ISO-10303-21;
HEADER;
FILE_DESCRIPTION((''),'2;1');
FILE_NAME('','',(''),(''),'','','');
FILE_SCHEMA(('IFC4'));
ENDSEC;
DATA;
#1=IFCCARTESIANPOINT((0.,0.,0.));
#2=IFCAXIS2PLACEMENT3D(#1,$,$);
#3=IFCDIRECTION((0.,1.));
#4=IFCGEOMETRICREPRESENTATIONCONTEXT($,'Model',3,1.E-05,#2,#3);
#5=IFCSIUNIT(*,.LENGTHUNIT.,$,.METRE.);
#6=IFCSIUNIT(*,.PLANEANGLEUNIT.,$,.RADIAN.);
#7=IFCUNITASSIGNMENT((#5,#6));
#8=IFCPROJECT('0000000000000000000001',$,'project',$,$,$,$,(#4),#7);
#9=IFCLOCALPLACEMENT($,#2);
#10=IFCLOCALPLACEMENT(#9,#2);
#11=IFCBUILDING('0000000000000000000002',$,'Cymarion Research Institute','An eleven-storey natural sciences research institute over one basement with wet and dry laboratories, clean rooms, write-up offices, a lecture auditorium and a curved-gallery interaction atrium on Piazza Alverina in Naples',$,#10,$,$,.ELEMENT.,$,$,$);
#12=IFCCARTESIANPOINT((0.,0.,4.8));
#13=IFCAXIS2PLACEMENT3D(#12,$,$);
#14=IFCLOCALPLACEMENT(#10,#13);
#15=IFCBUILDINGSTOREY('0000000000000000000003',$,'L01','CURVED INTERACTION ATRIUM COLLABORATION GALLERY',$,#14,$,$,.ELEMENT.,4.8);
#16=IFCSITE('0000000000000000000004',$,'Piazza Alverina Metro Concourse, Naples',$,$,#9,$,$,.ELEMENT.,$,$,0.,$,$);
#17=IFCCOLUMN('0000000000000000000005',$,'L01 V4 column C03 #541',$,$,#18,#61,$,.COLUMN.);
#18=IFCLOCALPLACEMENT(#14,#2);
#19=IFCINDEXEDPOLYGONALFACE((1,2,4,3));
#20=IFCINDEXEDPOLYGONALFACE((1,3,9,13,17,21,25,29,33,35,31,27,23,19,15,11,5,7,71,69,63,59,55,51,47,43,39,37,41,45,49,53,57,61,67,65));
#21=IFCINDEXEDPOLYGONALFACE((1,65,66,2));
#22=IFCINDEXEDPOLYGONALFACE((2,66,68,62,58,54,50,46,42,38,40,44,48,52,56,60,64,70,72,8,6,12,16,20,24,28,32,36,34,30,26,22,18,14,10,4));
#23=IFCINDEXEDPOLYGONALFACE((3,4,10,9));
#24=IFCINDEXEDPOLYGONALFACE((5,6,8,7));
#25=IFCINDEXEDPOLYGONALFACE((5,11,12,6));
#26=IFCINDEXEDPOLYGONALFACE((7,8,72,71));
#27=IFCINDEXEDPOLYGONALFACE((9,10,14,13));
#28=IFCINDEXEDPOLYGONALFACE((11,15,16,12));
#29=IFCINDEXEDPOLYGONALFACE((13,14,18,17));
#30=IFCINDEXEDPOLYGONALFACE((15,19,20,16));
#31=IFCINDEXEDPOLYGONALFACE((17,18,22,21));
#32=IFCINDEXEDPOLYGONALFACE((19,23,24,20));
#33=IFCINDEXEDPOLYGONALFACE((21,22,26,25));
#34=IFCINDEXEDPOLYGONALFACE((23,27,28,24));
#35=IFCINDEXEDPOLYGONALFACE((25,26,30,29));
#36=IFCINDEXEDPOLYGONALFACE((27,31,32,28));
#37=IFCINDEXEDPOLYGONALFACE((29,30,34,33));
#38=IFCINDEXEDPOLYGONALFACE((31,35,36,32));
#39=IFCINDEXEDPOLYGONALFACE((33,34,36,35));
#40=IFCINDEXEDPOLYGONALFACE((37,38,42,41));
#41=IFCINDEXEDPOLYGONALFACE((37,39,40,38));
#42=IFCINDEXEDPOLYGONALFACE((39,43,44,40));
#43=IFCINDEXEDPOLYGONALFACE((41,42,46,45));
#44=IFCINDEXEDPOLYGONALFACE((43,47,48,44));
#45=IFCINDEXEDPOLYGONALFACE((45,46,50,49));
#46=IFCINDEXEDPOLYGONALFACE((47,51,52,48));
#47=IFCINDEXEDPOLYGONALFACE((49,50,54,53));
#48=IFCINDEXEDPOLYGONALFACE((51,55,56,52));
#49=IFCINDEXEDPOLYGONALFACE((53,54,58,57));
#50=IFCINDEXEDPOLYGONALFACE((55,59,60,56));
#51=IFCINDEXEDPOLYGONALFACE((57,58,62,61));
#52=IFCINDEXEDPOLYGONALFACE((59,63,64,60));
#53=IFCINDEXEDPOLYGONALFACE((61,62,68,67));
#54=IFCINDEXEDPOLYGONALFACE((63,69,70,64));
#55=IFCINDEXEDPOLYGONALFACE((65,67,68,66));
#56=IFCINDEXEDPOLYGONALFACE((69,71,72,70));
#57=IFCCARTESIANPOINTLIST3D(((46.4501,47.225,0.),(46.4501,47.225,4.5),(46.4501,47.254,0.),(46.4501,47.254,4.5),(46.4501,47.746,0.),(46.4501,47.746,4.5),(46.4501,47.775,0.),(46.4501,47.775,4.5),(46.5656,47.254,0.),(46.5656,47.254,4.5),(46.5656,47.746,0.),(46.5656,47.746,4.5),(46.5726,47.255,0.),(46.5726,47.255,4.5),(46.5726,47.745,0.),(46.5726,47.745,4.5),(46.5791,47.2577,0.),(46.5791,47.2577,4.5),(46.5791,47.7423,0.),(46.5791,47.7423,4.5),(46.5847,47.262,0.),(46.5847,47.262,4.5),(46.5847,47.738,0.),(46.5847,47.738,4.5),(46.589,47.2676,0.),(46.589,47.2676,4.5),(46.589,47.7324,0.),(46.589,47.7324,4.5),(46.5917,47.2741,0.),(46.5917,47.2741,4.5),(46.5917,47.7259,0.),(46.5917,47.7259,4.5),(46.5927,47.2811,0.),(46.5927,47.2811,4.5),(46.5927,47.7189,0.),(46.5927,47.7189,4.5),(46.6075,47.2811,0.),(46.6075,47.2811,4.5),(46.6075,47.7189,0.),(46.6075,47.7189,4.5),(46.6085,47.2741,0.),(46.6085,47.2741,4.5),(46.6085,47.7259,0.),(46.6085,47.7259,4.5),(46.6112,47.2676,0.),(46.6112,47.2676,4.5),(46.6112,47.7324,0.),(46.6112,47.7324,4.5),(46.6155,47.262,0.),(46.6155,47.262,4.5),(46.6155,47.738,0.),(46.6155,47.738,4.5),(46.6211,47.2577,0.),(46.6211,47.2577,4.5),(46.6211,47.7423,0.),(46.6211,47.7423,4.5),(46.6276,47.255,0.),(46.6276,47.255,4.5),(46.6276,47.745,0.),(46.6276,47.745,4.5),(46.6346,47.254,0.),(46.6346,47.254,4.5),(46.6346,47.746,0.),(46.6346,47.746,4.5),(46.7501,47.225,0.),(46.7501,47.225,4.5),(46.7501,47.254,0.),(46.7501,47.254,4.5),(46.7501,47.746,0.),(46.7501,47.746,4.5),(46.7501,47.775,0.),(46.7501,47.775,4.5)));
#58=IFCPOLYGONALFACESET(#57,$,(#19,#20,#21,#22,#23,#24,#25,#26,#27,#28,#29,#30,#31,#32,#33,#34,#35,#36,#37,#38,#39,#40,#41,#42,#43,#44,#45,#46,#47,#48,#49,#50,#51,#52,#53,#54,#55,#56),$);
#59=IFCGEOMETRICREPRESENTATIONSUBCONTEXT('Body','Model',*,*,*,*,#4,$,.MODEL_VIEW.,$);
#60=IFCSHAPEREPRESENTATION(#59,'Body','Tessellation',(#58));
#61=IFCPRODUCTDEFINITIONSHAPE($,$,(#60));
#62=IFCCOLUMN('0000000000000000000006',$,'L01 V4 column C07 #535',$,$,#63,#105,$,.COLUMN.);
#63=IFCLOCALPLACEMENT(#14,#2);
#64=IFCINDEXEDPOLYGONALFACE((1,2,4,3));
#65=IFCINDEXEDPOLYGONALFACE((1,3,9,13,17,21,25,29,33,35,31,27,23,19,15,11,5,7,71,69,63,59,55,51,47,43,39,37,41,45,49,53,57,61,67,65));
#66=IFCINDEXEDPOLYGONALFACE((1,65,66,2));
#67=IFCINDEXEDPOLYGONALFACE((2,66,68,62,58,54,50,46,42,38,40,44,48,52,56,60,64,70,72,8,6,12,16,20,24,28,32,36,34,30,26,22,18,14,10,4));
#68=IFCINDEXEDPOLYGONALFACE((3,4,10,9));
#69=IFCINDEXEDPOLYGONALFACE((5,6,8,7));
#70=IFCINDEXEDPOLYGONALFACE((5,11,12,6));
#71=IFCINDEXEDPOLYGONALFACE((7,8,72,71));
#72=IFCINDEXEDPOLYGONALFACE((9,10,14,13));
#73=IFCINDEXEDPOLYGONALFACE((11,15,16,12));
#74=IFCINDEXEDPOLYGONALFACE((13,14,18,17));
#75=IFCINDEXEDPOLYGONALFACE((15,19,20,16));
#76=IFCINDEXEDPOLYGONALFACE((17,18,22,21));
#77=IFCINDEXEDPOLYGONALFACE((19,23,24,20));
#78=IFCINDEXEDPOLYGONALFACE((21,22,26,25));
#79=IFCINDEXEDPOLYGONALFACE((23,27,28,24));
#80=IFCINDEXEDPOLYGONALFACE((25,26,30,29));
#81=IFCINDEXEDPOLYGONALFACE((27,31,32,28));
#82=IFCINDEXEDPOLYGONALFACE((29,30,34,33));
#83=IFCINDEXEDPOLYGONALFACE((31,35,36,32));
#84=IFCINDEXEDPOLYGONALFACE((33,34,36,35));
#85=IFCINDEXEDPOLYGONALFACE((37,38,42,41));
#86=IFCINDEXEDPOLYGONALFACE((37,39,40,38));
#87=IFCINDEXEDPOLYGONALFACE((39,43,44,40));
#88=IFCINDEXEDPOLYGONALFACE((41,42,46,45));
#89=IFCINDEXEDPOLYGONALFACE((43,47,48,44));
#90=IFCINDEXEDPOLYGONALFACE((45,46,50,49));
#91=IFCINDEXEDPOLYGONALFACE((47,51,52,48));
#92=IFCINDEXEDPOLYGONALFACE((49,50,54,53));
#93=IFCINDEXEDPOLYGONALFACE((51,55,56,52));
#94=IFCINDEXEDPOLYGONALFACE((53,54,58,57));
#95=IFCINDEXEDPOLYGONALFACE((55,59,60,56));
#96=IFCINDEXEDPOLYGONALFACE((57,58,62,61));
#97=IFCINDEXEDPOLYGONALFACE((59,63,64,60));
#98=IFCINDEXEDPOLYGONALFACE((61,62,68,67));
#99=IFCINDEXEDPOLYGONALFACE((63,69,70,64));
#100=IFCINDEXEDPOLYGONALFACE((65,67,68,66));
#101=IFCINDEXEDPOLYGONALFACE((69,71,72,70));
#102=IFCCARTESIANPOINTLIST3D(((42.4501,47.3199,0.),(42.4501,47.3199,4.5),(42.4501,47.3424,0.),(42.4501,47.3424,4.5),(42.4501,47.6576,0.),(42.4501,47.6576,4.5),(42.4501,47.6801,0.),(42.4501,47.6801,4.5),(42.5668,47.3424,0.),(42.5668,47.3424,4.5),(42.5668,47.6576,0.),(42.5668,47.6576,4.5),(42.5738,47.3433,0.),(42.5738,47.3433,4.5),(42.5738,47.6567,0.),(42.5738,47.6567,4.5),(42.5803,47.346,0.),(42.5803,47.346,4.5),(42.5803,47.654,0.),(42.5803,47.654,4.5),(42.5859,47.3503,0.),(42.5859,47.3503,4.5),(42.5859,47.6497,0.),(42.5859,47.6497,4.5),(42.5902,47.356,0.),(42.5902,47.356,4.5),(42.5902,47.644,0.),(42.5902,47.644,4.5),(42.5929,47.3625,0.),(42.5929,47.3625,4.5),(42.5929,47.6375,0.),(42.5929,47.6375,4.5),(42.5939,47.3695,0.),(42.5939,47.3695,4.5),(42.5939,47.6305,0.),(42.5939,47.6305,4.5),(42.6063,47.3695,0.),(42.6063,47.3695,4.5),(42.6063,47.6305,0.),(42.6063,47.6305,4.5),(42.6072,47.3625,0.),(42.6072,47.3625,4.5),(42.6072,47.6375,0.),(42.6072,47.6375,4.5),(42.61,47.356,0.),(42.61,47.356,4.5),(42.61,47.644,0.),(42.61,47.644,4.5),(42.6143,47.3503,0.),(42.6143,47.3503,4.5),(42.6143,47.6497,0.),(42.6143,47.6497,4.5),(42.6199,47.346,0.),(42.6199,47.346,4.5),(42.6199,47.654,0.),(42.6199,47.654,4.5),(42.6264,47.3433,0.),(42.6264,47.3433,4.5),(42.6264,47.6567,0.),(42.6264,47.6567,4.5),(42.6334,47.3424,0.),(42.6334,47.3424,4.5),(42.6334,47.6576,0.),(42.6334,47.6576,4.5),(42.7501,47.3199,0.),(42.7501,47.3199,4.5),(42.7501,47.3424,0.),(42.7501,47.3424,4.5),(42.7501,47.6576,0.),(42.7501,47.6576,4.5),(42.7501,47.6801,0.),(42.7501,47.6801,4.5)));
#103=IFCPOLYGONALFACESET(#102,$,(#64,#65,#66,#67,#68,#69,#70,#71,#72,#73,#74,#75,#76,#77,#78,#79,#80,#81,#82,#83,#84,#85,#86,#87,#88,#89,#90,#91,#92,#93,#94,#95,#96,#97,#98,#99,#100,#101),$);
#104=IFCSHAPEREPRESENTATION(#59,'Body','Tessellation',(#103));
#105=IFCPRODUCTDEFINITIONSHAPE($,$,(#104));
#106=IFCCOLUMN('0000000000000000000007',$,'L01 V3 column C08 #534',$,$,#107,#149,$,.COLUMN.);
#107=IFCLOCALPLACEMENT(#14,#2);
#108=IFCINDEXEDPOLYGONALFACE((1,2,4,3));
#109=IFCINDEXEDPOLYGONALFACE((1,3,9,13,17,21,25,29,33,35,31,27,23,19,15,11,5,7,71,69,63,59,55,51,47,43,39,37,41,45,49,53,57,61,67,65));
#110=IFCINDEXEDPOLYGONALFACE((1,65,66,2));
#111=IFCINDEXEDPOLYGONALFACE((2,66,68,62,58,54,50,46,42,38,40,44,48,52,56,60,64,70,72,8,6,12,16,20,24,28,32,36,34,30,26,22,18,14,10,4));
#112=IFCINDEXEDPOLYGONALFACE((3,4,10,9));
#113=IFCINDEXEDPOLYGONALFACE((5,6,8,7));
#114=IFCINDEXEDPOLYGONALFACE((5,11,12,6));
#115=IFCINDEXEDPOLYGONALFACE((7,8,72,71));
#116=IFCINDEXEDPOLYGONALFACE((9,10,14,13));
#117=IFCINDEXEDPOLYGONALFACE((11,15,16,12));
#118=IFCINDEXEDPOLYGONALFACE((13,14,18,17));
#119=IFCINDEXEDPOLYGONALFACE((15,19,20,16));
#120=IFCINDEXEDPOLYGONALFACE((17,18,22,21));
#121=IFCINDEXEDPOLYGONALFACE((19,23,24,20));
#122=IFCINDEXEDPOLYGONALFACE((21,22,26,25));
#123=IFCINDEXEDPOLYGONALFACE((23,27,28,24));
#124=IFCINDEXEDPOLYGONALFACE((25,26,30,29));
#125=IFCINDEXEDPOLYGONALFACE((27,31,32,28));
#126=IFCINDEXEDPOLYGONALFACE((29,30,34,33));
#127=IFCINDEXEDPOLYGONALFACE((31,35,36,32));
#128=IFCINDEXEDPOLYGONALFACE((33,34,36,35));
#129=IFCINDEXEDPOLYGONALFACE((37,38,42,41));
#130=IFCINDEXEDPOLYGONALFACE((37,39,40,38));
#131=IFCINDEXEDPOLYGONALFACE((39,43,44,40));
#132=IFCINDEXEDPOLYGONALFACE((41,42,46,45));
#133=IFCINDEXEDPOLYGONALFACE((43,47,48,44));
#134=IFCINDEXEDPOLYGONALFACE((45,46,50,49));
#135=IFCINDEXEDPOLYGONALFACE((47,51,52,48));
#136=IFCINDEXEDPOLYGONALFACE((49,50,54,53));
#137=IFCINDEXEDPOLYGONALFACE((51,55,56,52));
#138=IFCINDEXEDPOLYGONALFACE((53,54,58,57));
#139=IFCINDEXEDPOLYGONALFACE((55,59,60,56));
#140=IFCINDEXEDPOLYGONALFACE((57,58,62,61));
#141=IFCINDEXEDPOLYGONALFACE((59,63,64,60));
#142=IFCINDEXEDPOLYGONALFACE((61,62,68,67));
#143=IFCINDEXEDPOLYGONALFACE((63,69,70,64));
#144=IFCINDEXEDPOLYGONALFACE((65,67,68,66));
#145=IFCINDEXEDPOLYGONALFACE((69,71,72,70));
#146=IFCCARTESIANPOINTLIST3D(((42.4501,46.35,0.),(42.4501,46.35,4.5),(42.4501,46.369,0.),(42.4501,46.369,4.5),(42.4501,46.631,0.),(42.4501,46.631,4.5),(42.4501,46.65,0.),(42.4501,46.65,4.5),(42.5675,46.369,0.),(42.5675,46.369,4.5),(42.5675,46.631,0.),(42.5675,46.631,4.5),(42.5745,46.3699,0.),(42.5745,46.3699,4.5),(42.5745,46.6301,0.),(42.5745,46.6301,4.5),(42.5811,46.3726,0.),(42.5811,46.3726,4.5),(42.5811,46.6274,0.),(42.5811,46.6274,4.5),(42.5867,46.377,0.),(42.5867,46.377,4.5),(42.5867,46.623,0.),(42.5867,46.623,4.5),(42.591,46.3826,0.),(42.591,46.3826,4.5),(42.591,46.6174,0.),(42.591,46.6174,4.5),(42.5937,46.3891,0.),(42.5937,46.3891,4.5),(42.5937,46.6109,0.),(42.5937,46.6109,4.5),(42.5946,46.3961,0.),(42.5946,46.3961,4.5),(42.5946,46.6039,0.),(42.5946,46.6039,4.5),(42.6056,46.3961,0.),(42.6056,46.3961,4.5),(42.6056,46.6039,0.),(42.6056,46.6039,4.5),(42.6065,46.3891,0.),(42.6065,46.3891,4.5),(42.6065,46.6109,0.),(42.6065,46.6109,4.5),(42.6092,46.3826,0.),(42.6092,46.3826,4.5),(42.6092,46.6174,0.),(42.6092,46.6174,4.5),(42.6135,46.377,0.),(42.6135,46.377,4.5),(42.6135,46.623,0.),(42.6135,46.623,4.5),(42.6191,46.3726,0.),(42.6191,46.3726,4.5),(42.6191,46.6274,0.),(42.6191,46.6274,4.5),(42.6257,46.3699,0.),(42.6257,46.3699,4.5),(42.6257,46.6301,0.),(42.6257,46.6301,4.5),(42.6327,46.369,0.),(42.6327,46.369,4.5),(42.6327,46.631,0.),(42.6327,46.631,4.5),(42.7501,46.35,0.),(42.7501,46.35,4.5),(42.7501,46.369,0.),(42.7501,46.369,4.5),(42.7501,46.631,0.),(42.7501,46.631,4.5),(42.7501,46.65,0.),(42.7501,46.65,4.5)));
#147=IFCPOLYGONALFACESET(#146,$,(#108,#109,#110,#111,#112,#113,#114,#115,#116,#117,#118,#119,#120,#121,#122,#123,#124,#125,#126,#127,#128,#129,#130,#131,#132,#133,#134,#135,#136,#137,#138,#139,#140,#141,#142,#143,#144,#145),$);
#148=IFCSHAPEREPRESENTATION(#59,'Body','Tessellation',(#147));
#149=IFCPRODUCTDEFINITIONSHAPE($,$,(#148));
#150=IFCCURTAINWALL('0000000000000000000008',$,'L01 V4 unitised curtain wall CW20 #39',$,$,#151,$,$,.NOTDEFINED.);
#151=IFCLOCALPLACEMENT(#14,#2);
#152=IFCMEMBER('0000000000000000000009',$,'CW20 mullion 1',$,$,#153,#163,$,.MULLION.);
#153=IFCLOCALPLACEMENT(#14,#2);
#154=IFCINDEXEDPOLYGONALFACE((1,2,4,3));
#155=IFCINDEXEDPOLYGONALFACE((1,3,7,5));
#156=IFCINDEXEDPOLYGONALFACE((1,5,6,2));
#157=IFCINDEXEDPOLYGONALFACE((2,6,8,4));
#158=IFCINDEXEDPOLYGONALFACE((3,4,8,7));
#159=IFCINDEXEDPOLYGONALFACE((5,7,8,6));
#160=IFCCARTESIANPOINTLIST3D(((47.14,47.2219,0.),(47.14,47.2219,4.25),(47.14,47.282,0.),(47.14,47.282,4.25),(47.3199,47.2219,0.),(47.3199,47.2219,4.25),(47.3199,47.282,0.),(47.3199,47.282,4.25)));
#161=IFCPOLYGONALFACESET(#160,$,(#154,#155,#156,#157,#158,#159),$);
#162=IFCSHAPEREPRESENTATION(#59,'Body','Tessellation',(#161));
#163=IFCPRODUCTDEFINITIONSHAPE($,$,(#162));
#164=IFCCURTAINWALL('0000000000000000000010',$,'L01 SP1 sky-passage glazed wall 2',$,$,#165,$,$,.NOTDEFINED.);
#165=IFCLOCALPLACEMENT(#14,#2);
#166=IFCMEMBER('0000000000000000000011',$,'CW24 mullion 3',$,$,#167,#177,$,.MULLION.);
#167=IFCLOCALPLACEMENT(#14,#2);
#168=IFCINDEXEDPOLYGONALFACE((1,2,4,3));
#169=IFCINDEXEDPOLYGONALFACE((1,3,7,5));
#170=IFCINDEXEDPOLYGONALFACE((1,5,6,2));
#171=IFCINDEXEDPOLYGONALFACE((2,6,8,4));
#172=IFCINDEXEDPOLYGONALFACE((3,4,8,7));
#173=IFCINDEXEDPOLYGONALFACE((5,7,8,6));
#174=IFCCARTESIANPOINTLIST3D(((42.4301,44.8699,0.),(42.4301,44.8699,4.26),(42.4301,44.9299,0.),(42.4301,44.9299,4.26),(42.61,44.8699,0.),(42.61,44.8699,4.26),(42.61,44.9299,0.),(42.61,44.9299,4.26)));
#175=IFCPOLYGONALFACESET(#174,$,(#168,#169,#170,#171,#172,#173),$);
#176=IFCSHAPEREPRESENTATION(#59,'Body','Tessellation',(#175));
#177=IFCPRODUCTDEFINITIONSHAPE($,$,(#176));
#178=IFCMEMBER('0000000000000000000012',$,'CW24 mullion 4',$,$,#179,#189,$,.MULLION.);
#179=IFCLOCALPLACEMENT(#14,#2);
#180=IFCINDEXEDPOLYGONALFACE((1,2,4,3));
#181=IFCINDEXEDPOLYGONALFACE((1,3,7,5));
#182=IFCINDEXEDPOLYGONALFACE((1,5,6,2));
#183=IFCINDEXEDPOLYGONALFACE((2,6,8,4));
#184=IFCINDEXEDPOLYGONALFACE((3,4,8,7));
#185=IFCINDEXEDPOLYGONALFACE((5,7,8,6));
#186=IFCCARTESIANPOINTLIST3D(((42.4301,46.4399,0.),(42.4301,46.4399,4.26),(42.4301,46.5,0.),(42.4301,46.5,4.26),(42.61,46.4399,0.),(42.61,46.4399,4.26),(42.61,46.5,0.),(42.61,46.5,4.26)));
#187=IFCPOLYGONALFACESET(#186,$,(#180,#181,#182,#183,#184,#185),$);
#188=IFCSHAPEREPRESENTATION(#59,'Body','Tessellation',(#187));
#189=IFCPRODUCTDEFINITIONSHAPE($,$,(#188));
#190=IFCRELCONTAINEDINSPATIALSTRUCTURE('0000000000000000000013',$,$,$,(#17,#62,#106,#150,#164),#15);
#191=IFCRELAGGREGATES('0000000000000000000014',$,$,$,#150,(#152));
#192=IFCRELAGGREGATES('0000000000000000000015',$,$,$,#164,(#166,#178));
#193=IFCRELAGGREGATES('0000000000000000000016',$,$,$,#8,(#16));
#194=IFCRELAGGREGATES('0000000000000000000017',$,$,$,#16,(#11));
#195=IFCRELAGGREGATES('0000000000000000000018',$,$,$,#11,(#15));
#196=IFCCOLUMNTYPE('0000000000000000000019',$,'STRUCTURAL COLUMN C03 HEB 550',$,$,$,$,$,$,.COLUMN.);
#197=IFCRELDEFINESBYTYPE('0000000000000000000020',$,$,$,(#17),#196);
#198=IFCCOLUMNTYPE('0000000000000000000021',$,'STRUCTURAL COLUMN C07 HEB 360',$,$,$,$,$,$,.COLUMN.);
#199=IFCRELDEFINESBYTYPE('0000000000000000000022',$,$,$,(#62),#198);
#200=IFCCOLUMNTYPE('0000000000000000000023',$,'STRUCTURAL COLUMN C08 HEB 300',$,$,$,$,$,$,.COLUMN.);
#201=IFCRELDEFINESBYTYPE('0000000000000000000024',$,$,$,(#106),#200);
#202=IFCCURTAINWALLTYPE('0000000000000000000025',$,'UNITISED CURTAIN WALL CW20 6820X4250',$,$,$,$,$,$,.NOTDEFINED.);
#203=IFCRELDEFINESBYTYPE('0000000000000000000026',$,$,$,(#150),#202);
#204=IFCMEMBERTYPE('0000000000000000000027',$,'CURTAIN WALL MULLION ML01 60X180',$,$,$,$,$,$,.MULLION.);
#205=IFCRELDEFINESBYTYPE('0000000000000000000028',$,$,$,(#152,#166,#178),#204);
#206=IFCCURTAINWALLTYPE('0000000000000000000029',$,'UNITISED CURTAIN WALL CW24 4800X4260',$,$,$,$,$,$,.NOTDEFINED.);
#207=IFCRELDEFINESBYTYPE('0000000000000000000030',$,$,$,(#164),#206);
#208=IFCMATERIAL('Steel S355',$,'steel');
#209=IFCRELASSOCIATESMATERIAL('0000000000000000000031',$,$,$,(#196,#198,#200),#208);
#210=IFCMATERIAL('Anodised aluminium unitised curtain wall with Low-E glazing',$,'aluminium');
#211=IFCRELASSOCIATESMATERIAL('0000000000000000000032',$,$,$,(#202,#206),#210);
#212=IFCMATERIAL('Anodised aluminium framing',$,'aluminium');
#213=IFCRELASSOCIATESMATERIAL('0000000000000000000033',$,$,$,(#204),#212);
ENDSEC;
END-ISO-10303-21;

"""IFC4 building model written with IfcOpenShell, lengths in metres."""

from ifc_helpers import new_model, si_unit, direction, frame, origin, origin_2d, place, context, subcontext, project, spatial, rectangle, i_section, extrude, material, material_profile, profile_set, type_object, element, aggregate, save


model = new_model("IFC4")

# Units and contexts
model_context = context("Model", 3, precision=1e-05, world=origin(), true_north=direction((0.0, 1.0)))
body_context = subcontext(model_context, "Body", "Model", "MODEL_VIEW")
ifc_project = project(units=[si_unit("LENGTHUNIT", "METRE"), si_unit("PLANEANGLEUNIT", "RADIAN")], contexts=[model_context])

# Site, building, storey
site_placement = place(None, origin())
site = spatial("IfcSite", under=ifc_project, at=site_placement, Name="Piazza Alverina Metro Concourse, Naples", CompositionType="ELEMENT", RefElevation=0.0)
building_placement = place(site_placement, origin())
building = spatial("IfcBuilding", under=site, at=building_placement, Name="Cymarion Research Institute", Description="An eleven-storey natural sciences research institute over one basement with wet and dry laboratories, clean rooms, write-up offices, a lecture auditorium and a curved-gallery interaction atrium on Piazza Alverina in Naples", CompositionType="ELEMENT")
storey_placement = place(building_placement, frame((0.0, 0.0, 4.8)))
storey = spatial("IfcBuildingStorey", under=building, at=storey_placement, Name="L01", Description="CURVED INTERACTION ATRIUM COLLABORATION GALLERY", CompositionType="ELEMENT", Elevation=4.8)

# Columns
ifc_material_1 = material(Name="Steel S355", Category="steel")
ifc_material_profile_1 = material_profile(ifc_material_1, i_section(OverallWidth=0.3, OverallDepth=0.55, WebThickness=0.0149, FlangeThickness=0.0291, FilletRadius=0.0271, at=origin_2d()), Name="HEB 550")
ifc_profile_set_1 = profile_set([ifc_material_profile_1], Name="Steel S355")
column_type_1 = type_object("IfcColumnType", Name="STRUCTURAL COLUMN C03 HEB 550", PredefinedType="COLUMN", material=ifc_profile_set_1)
column_1_placement = place(storey_placement, frame((46.6001, 47.5, 0.0), z_axis=(0.0, 0.0, 1.0), x_axis=(1.0, 0.0, 0.0)))
element("IfcColumn", 1, at=column_1_placement, inside=storey, type_object=column_type_1, Name="L01 V4 column C03 #541", PredefinedType="COLUMN", context=body_context, shape_type="SweptSolid", body=[
    extrude(i_section(OverallWidth=0.3, OverallDepth=0.55, WebThickness=0.0149, FlangeThickness=0.0291, FilletRadius=0.0271, at=origin_2d()), origin(), (0.0, 0.0, 1.0), 4.5),
])
ifc_material_profile_2 = material_profile(ifc_material_1, i_section(OverallWidth=0.3, OverallDepth=0.3601, WebThickness=0.0125, FlangeThickness=0.0225, FilletRadius=0.0271, at=origin_2d()), Name="HEB 360")
ifc_profile_set_2 = profile_set([ifc_material_profile_2], Name="Steel S355")
column_type_2 = type_object("IfcColumnType", Name="STRUCTURAL COLUMN C07 HEB 360", PredefinedType="COLUMN", material=ifc_profile_set_2)
column_2_placement = place(storey_placement, frame((42.6001, 47.5, 0.0), z_axis=(0.0, 0.0, 1.0), x_axis=(1.0, 0.0, 0.0)))
element("IfcColumn", 2, at=column_2_placement, inside=storey, type_object=column_type_2, Name="L01 V4 column C07 #535", PredefinedType="COLUMN", context=body_context, shape_type="SweptSolid", body=[
    extrude(i_section(OverallWidth=0.3, OverallDepth=0.3601, WebThickness=0.0125, FlangeThickness=0.0225, FilletRadius=0.0271, at=origin_2d()), origin(), (0.0, 0.0, 1.0), 4.5),
])
ifc_material_profile_3 = material_profile(ifc_material_1, i_section(OverallWidth=0.3, OverallDepth=0.3, WebThickness=0.011, FlangeThickness=0.019, FilletRadius=0.0271, at=origin_2d()), Name="HEB 300")
ifc_profile_set_3 = profile_set([ifc_material_profile_3], Name="Steel S355")
column_type_3 = type_object("IfcColumnType", Name="STRUCTURAL COLUMN C08 HEB 300", PredefinedType="COLUMN", material=ifc_profile_set_3)
column_3_placement = place(storey_placement, frame((42.6001, 46.5, 0.0), z_axis=(0.0, 0.0, 1.0), x_axis=(1.0, 0.0, 0.0)))
element("IfcColumn", 3, at=column_3_placement, inside=storey, type_object=column_type_3, Name="L01 V3 column C08 #534", PredefinedType="COLUMN", context=body_context, shape_type="SweptSolid", body=[
    extrude(i_section(OverallWidth=0.3, OverallDepth=0.3, WebThickness=0.011, FlangeThickness=0.019, FilletRadius=0.0271, at=origin_2d()), origin(), (0.0, 0.0, 1.0), 4.5),
])

# Curtain wall, member
ifc_material_2 = material(Name="Anodised aluminium unitised curtain wall with Low-E glazing", Category="aluminium")
curtain_wall_type_1 = type_object("IfcCurtainWallType", Name="UNITISED CURTAIN WALL CW20 6820X4250", PredefinedType="NOTDEFINED", material=ifc_material_2)
curtain_wall_1_placement = place(storey_placement, origin())
curtain_wall_1 = element("IfcCurtainWall", 4, at=curtain_wall_1_placement, inside=storey, type_object=curtain_wall_type_1, Name="L01 V4 unitised curtain wall CW20 #39", PredefinedType="NOTDEFINED")
ifc_material_3 = material(Name="Anodised aluminium framing", Category="aluminium")
ifc_material_profile_4 = material_profile(ifc_material_3, rectangle(XDim=0.0601, YDim=0.1799, at=origin_2d()), Name="ALU MULLION 60x180")
ifc_profile_set_4 = profile_set([ifc_material_profile_4], Name="Anodised aluminium framing")
member_type_1 = type_object("IfcMemberType", Name="CURTAIN WALL MULLION ML01 60X180", PredefinedType="MULLION", material=ifc_profile_set_4)
member_1_placement = place(storey_placement, frame((47.23, 47.252, 0.0), z_axis=(0.0, 0.0, 1.0), x_axis=(0.0, 1.0, 0.0)))
member_1 = element("IfcMember", 5, at=member_1_placement, type_object=member_type_1, Name="CW20 mullion 1", PredefinedType="MULLION", context=body_context, shape_type="SweptSolid", body=[
    extrude(rectangle(XDim=0.0601, YDim=0.1799, at=origin_2d()), origin(), (0.0, 0.0, 1.0), 4.25),
])

# Curtain wall, members
curtain_wall_type_2 = type_object("IfcCurtainWallType", Name="UNITISED CURTAIN WALL CW24 4800X4260", PredefinedType="NOTDEFINED", material=ifc_material_2)
curtain_wall_2_placement = place(storey_placement, origin())
curtain_wall_2 = element("IfcCurtainWall", 6, at=curtain_wall_2_placement, inside=storey, type_object=curtain_wall_type_2, Name="L01 SP1 sky-passage glazed wall 2", PredefinedType="NOTDEFINED")
member_2_placement = place(storey_placement, frame((42.52, 44.8999, 0.0), z_axis=(0.0, 0.0, 1.0), x_axis=(0.0, 1.0, 0.0)))
member_2 = element("IfcMember", 7, at=member_2_placement, type_object=member_type_1, Name="CW24 mullion 3", PredefinedType="MULLION", context=body_context, shape_type="SweptSolid", body=[
    extrude(rectangle(XDim=0.0601, YDim=0.1799, at=origin_2d()), origin(), (0.0, 0.0, 1.0), 4.26),
])
member_3_placement = place(storey_placement, frame((42.52, 46.47, 0.0), z_axis=(0.0, 0.0, 1.0), x_axis=(0.0, 1.0, 0.0)))
member_3 = element("IfcMember", 8, at=member_3_placement, type_object=member_type_1, Name="CW24 mullion 4", PredefinedType="MULLION", context=body_context, shape_type="SweptSolid", body=[
    extrude(rectangle(XDim=0.0601, YDim=0.1799, at=origin_2d()), origin(), (0.0, 0.0, 1.0), 4.26),
])

aggregate(curtain_wall_1, [member_1])

aggregate(curtain_wall_2, [member_2, member_3])

save(model, "model.ifc")
